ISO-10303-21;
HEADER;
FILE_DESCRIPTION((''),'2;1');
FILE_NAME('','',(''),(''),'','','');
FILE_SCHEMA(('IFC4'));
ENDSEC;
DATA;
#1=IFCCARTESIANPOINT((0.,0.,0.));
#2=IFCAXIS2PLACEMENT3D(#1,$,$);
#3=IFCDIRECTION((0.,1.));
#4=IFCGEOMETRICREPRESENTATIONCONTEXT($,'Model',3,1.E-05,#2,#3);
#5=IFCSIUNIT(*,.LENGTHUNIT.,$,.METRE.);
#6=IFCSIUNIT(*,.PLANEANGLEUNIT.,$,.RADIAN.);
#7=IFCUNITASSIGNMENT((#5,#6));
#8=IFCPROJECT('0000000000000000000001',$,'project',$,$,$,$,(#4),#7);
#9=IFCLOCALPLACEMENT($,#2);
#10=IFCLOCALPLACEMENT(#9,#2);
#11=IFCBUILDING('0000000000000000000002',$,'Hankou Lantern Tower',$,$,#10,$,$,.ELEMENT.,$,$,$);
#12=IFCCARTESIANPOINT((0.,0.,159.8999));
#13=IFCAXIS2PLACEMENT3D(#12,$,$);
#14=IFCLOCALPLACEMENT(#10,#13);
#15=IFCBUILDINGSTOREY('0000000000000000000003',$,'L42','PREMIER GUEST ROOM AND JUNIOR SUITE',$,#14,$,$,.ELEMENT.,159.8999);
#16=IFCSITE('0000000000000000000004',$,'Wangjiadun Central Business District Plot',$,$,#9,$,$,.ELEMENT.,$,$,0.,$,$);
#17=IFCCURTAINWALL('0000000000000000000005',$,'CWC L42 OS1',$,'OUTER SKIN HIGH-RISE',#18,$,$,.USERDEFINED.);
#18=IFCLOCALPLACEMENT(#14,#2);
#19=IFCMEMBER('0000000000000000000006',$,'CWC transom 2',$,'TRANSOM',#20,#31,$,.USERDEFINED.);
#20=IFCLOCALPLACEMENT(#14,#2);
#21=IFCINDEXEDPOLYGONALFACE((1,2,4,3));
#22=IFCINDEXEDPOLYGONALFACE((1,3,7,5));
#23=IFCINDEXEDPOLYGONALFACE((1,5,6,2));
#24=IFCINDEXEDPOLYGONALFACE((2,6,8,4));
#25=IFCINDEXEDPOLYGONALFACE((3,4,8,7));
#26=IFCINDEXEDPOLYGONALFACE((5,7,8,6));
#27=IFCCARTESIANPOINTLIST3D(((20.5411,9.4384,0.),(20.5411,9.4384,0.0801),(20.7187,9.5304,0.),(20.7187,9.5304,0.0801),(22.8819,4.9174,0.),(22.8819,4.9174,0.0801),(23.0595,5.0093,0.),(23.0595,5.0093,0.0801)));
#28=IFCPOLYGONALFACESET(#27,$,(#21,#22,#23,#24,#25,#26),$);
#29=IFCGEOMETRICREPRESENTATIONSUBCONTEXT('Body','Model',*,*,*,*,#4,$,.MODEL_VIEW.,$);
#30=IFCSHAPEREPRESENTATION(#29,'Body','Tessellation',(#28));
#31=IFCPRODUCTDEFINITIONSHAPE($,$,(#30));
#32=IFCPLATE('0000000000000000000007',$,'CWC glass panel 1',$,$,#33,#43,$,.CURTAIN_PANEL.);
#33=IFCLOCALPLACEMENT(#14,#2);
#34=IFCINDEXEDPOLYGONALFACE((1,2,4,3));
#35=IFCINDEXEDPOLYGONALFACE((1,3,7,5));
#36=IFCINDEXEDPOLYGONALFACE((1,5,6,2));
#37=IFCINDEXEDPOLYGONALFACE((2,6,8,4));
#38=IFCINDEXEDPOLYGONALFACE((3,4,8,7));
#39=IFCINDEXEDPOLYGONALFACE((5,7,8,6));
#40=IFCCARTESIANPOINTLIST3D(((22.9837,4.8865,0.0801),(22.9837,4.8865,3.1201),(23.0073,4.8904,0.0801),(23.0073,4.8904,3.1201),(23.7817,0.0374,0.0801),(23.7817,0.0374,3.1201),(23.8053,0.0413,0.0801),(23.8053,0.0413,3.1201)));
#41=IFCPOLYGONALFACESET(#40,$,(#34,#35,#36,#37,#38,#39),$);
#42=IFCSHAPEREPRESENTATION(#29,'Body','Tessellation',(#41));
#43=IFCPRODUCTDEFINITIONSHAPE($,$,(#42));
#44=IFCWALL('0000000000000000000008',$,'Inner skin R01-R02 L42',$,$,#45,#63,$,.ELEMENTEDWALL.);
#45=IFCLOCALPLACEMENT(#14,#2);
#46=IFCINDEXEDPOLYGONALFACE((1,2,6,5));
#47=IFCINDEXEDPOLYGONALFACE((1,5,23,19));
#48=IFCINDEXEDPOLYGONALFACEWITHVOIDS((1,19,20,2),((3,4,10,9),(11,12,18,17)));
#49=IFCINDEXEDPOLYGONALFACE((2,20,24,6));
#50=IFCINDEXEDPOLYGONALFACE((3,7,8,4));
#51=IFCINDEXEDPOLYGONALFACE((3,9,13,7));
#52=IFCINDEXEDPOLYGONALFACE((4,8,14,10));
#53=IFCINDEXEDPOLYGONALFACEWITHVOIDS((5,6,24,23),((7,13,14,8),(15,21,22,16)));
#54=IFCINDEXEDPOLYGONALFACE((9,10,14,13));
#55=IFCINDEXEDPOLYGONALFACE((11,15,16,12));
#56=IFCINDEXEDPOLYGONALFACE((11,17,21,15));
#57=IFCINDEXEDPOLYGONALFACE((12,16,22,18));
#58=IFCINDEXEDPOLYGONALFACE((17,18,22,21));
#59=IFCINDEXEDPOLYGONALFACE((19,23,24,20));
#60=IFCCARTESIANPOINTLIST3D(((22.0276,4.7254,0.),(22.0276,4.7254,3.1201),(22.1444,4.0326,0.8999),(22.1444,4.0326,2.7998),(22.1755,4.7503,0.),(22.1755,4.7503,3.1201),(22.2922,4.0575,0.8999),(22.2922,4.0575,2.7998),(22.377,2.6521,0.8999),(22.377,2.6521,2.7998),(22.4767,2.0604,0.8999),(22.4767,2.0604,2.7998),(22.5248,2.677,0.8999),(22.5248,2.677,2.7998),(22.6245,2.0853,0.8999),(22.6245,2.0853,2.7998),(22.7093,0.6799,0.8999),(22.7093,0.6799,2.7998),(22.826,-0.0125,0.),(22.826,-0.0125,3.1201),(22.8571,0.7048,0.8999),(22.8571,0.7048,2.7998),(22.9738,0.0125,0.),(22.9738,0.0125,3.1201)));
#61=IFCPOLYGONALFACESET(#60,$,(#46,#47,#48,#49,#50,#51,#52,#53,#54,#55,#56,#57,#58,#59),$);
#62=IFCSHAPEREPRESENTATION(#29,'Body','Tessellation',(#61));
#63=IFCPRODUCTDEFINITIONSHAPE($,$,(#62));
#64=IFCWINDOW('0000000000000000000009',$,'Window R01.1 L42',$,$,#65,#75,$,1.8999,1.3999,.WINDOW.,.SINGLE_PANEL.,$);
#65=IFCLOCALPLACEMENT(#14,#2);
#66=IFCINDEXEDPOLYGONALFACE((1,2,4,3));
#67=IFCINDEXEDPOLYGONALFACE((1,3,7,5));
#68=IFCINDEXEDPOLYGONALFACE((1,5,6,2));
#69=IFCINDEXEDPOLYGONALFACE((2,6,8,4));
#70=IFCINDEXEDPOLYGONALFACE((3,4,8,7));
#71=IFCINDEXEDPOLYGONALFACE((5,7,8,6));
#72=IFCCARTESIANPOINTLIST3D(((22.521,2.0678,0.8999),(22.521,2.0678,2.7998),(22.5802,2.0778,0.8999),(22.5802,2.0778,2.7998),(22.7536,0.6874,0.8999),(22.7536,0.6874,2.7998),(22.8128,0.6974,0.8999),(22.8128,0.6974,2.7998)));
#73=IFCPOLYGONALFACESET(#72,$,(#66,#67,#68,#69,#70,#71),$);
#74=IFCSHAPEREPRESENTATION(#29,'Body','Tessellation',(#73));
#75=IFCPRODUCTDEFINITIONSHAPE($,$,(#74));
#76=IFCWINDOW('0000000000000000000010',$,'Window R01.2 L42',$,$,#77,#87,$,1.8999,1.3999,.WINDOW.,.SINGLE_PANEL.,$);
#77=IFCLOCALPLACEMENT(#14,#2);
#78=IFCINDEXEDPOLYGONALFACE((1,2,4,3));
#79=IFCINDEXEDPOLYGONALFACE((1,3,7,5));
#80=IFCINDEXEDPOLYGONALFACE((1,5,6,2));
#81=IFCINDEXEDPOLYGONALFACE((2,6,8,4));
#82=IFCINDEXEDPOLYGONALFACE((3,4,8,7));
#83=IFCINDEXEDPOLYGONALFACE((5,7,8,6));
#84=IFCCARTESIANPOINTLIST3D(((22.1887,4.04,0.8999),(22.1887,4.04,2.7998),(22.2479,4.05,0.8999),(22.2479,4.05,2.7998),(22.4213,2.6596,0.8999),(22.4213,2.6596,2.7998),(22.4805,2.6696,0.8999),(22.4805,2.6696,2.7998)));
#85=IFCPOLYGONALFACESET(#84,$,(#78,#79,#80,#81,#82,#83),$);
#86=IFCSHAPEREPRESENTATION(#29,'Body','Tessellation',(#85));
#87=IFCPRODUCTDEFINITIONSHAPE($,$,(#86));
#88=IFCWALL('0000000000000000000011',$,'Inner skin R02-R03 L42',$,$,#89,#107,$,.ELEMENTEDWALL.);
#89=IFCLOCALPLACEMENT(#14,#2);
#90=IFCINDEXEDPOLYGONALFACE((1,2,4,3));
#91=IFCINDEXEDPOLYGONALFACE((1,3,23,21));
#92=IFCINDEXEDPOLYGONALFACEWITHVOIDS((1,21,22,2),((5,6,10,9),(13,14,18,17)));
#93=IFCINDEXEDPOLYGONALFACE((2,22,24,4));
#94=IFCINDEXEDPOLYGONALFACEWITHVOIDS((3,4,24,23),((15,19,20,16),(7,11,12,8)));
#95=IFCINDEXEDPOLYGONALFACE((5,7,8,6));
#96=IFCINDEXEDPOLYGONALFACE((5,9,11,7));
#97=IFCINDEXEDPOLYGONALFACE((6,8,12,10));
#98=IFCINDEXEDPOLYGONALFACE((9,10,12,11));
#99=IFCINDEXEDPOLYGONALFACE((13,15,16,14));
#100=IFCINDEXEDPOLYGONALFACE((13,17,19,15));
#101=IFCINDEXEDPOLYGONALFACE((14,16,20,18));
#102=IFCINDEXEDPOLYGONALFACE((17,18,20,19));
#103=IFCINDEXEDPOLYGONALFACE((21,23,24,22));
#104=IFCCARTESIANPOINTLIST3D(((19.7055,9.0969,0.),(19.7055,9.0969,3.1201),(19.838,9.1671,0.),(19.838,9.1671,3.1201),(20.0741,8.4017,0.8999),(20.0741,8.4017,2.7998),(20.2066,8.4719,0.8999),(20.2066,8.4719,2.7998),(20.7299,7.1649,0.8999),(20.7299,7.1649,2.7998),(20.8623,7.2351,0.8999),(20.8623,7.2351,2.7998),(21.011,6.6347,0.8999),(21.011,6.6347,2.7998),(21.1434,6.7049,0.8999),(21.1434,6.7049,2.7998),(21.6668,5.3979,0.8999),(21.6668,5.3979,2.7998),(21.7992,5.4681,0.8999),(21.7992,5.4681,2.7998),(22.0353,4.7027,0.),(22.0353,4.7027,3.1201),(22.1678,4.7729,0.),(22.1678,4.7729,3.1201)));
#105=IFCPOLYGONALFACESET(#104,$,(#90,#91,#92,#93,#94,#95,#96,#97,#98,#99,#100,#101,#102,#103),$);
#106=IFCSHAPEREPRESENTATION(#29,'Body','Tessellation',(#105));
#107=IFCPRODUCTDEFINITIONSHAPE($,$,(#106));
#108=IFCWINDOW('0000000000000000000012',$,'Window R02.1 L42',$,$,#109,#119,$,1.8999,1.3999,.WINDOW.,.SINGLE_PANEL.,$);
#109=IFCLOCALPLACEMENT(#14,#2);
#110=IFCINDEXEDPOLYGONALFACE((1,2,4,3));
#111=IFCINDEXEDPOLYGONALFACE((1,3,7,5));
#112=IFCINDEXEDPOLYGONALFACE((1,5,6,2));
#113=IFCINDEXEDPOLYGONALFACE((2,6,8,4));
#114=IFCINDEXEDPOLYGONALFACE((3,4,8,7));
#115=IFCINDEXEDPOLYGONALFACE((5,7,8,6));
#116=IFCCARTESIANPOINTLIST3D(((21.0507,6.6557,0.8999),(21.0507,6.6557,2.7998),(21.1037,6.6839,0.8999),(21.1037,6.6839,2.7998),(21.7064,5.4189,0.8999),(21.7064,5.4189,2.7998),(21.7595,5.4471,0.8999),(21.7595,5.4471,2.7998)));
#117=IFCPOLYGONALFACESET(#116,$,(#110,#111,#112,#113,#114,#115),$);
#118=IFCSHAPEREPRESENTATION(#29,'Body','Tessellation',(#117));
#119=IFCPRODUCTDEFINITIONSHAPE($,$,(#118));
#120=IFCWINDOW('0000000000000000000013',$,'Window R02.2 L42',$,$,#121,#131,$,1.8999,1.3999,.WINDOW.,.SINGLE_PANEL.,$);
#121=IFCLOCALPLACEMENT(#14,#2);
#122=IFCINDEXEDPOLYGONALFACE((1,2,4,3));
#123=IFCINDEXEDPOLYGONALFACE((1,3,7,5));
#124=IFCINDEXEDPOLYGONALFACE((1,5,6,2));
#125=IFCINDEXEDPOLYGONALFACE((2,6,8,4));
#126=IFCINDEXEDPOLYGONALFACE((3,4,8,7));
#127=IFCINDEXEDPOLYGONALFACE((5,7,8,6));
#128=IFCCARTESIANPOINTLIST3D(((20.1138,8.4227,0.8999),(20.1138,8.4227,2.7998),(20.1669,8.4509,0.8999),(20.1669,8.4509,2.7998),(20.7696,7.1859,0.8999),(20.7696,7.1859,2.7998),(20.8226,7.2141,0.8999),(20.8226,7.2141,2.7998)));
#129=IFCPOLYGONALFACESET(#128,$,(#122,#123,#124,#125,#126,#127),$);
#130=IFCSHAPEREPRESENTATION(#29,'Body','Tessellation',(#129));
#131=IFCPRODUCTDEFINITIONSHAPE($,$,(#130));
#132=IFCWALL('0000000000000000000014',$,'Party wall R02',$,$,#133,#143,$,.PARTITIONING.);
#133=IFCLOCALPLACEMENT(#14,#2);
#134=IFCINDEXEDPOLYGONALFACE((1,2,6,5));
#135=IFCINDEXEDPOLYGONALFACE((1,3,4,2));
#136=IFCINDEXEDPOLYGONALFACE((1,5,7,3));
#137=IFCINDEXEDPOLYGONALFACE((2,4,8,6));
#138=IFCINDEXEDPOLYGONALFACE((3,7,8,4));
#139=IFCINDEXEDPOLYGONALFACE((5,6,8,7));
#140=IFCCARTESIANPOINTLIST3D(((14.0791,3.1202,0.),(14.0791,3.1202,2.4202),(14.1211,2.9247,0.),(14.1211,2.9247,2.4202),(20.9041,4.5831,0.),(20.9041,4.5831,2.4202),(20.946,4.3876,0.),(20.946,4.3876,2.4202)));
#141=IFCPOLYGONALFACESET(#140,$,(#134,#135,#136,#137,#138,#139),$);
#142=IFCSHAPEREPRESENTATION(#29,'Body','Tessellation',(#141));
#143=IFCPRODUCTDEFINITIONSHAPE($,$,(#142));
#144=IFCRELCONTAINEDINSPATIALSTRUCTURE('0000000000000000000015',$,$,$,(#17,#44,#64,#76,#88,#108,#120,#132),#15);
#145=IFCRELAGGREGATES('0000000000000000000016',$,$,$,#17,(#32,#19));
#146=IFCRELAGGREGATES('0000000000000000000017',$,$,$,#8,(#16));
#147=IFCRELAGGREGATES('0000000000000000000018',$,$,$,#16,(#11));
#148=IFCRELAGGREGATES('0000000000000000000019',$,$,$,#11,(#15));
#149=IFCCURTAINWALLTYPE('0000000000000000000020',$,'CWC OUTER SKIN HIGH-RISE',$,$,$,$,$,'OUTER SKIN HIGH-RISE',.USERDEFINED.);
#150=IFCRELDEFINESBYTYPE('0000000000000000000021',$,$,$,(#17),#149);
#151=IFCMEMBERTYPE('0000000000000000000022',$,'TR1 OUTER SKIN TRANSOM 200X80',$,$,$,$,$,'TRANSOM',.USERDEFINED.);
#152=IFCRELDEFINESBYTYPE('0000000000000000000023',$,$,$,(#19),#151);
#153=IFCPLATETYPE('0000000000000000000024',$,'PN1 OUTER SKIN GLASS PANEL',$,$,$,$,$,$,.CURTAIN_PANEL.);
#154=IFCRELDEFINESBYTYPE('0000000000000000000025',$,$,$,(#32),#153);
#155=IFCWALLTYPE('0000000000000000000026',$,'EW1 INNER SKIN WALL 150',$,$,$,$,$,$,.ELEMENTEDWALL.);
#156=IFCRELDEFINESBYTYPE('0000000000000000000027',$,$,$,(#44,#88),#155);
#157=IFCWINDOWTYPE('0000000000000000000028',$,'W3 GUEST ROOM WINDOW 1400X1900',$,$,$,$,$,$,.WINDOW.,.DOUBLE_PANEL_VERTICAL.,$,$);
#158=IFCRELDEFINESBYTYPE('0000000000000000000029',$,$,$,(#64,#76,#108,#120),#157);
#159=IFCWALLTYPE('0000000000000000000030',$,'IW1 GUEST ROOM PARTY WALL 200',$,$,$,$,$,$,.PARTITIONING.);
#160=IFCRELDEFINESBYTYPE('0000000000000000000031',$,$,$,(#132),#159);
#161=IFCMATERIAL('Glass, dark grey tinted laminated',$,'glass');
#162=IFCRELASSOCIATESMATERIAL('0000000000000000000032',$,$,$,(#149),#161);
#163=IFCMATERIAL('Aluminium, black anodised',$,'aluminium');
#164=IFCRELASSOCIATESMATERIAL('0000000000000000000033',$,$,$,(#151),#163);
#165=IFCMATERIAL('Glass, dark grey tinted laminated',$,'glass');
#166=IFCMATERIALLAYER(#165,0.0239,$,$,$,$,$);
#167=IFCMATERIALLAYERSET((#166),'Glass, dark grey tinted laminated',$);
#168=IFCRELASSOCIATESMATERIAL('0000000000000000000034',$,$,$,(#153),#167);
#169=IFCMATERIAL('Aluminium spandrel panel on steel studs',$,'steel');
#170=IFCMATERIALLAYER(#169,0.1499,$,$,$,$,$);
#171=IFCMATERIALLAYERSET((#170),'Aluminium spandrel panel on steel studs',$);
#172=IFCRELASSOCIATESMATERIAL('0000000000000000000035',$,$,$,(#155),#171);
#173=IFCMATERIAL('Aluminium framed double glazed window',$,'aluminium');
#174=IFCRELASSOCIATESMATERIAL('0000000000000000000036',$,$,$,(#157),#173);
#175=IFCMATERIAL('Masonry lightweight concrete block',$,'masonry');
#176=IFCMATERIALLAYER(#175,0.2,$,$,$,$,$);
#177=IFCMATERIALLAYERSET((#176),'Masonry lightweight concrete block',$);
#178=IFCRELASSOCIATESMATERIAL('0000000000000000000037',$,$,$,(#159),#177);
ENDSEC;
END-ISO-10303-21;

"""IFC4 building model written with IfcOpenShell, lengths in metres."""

from ifc_helpers import new_model, si_unit, direction, frame, frame_2d, origin, origin_2d, place, context, subcontext, project, spatial, rectangle, extrude, material, layer, layer_set, material_profile, profile_set, type_object, element, fill, aggregate, save


model = new_model("IFC4")

# Units and contexts
model_context = context("Model", 3, precision=1e-05, world=origin(), true_north=direction((0.0, 1.0)))
body_context = subcontext(model_context, "Body", "Model", "MODEL_VIEW")
ifc_project = project(units=[si_unit("LENGTHUNIT", "METRE"), si_unit("PLANEANGLEUNIT", "RADIAN")], contexts=[model_context])

# Site, building, storey
site_placement = place(None, origin())
site = spatial("IfcSite", under=ifc_project, at=site_placement, Name="Wangjiadun Central Business District Plot", CompositionType="ELEMENT", RefElevation=0.0)
building_placement = place(site_placement, origin())
building = spatial("IfcBuilding", under=site, at=building_placement, Name="Hankou Lantern Tower", CompositionType="ELEMENT")
storey_placement = place(building_placement, frame((0.0, 0.0, 159.8999)))
storey = spatial("IfcBuildingStorey", under=building, at=storey_placement, Name="L42", Description="PREMIER GUEST ROOM AND JUNIOR SUITE", CompositionType="ELEMENT", Elevation=159.8999)

# Curtain wall
ifc_material_1 = material(Name="Glass, dark grey tinted laminated", Category="glass")
curtain_wall_type = type_object("IfcCurtainWallType", Name="CWC OUTER SKIN HIGH-RISE", ElementType="OUTER SKIN HIGH-RISE", PredefinedType="USERDEFINED", material=ifc_material_1)
curtain_wall_placement = place(storey_placement, origin())
curtain_wall = element("IfcCurtainWall", 1, at=curtain_wall_placement, inside=storey, type_object=curtain_wall_type, Name="CWC L42 OS1", ObjectType="OUTER SKIN HIGH-RISE", PredefinedType="USERDEFINED")

# Member
ifc_material_2 = material(Name="Aluminium, black anodised", Category="aluminium")
ifc_material_profile_1 = material_profile(ifc_material_2, rectangle(XDim=0.2, YDim=0.0801, at=origin_2d()), Name="TR1 200X80")
ifc_profile_set_1 = profile_set([ifc_material_profile_1], Name="Aluminium, black anodised")
member_type_1 = type_object("IfcMemberType", Name="TR1 OUTER SKIN TRANSOM 200X80", ElementType="TRANSOM", PredefinedType="USERDEFINED", material=ifc_profile_set_1)
member_1_placement = place(storey_placement, frame((22.9707, 4.9634, 0.04), z_axis=(-0.459791, 0.888027, 0.0), x_axis=(-0.888027, -0.459791, 0.0)))
member_1 = element("IfcMember", 2, at=member_1_placement, type_object=member_type_1, Name="CWC transom 2", ObjectType="TRANSOM", PredefinedType="USERDEFINED", context=body_context, shape_type="SweptSolid", body=[
    extrude(rectangle(XDim=0.2, YDim=0.0801, at=origin_2d()), origin(), (0.0, 0.0, 1.0), 5.0911),
])

# Plate
ifc_material_3 = material(Name="Glass, dark grey tinted laminated", Category="glass")
ifc_layer_1 = layer(ifc_material_3, 0.0239)
ifc_layer_set_1 = layer_set([ifc_layer_1], Name="Glass, dark grey tinted laminated")
plate_type = type_object("IfcPlateType", Name="PN1 OUTER SKIN GLASS PANEL", PredefinedType="CURTAIN_PANEL", material=ifc_layer_set_1)
plate_placement = place(storey_placement, frame((23.3945, 2.4639, 0.0801), z_axis=(0.0, 0.0, 1.0), x_axis=(-0.162382, 0.986728, 0.0)))
plate = element("IfcPlate", 3, at=plate_placement, type_object=plate_type, Name="CWC glass panel 1", PredefinedType="CURTAIN_PANEL", context=body_context, shape_type="SweptSolid", body=[
    extrude(rectangle(XDim=4.9143, YDim=0.0239, at=origin_2d()), origin(), (0.0, 0.0, 1.0), 3.04),
])
aggregate(curtain_wall, [plate, member_1])

# Walls, openings, windows
ifc_material_4 = material(Name="Aluminium spandrel panel on steel studs", Category="steel")
ifc_layer_2 = layer(ifc_material_4, 0.1499)
ifc_layer_set_2 = layer_set([ifc_layer_2], Name="Aluminium spandrel panel on steel studs")
wall_type_1 = type_object("IfcWallType", Name="EW1 INNER SKIN WALL 150", PredefinedType="ELEMENTEDWALL", material=ifc_layer_set_2)
wall_1_placement = place(storey_placement, frame((22.8999, 0.0, 0.0), z_axis=(0.0, 0.0, 1.0), x_axis=(-0.166162, 0.986098, 0.0)))
wall_1 = element("IfcWall", 4, at=wall_1_placement, inside=storey, type_object=wall_type_1, Name="Inner skin R01-R02 L42", PredefinedType="ELEMENTEDWALL", context=body_context, shape_type="SweptSolid", body=[
    extrude(rectangle(XDim=4.8047, YDim=0.1499, at=frame_2d((2.4023, 0.0))), origin(), (0.0, 0.0, 1.0), 3.1201),
])
opening_1_placement = place(wall_1_placement, frame((0.7021, 0.0, 0.8999)))
opening_1 = element("IfcOpeningElement", 5, at=opening_1_placement, cuts=wall_1, PredefinedType="OPENING", context=body_context, shape_type="SweptSolid", body=[
    extrude(rectangle(XDim=1.3999, YDim=1.8999, at=frame_2d((0.7, 0.95))), frame((0.0, 0.085, 0.0), z_axis=(0.0, -1.0, 0.0), x_axis=(1.0, 0.0, 0.0)), (0.0, 0.0, 1.0), 0.1699),
])
opening_2_placement = place(wall_1_placement, frame((2.7021, 0.0, 0.8999)))
opening_2 = element("IfcOpeningElement", 6, at=opening_2_placement, cuts=wall_1, PredefinedType="OPENING", context=body_context, shape_type="SweptSolid", body=[
    extrude(rectangle(XDim=1.3999, YDim=1.8999, at=frame_2d((0.7, 0.95))), frame((0.0, 0.085, 0.0), z_axis=(0.0, -1.0, 0.0), x_axis=(1.0, 0.0, 0.0)), (0.0, 0.0, 1.0), 0.1699),
])
ifc_material_5 = material(Name="Aluminium framed double glazed window", Category="aluminium")
window_type = type_object("IfcWindowType", Name="W3 GUEST ROOM WINDOW 1400X1900", PartitioningType="DOUBLE_PANEL_VERTICAL", PredefinedType="WINDOW", material=ifc_material_5)
window_1_placement = place(opening_1_placement, origin())
window_1 = element("IfcWindow", 7, at=window_1_placement, inside=storey, type_object=window_type, Name="Window R01.1 L42", OverallHeight=1.8999, OverallWidth=1.3999, PartitioningType="SINGLE_PANEL", PredefinedType="WINDOW", context=body_context, shape_type="SweptSolid", body=[
    extrude(rectangle(XDim=1.3999, YDim=1.8999, at=frame_2d((0.7, 0.95))), frame((0.0, 0.03, 0.0), z_axis=(0.0, -1.0, 0.0), x_axis=(1.0, 0.0, 0.0)), (0.0, 0.0, 1.0), 0.0601),
])
fill(opening_1, window_1)
window_2_placement = place(opening_2_placement, origin())
window_2 = element("IfcWindow", 8, at=window_2_placement, inside=storey, type_object=window_type, Name="Window R01.2 L42", OverallHeight=1.8999, OverallWidth=1.3999, PartitioningType="SINGLE_PANEL", PredefinedType="WINDOW", context=body_context, shape_type="SweptSolid", body=[
    extrude(rectangle(XDim=1.3999, YDim=1.8999, at=frame_2d((0.7, 0.95))), frame((0.0, 0.03, 0.0), z_axis=(0.0, -1.0, 0.0), x_axis=(1.0, 0.0, 0.0)), (0.0, 0.0, 1.0), 0.0601),
])
fill(opening_2, window_2)
wall_2_placement = place(storey_placement, frame((22.1016, 4.7378, 0.0), z_axis=(0.0, 0.0, 1.0), x_axis=(-0.468429, 0.883501, 0.0)))
wall_2 = element("IfcWall", 9, at=wall_2_placement, inside=storey, type_object=wall_type_1, Name="Inner skin R02-R03 L42", PredefinedType="ELEMENTEDWALL", context=body_context, shape_type="SweptSolid", body=[
    extrude(rectangle(XDim=4.9736, YDim=0.1499, at=frame_2d((2.4868, 0.0))), origin(), (0.0, 0.0, 1.0), 3.1201),
])
opening_3_placement = place(wall_2_placement, frame((0.7869, 0.0, 0.8999)))
opening_3 = element("IfcOpeningElement", 10, at=opening_3_placement, cuts=wall_2, PredefinedType="OPENING", context=body_context, shape_type="SweptSolid", body=[
    extrude(rectangle(XDim=1.3999, YDim=1.8999, at=frame_2d((0.7, 0.95))), frame((0.0, 0.085, 0.0), z_axis=(0.0, -1.0, 0.0), x_axis=(1.0, 0.0, 0.0)), (0.0, 0.0, 1.0), 0.1699),
])
opening_4_placement = place(wall_2_placement, frame((2.7869, 0.0, 0.8999)))
opening_4 = element("IfcOpeningElement", 11, at=opening_4_placement, cuts=wall_2, PredefinedType="OPENING", context=body_context, shape_type="SweptSolid", body=[
    extrude(rectangle(XDim=1.3999, YDim=1.8999, at=frame_2d((0.7, 0.95))), frame((0.0, 0.085, 0.0), z_axis=(0.0, -1.0, 0.0), x_axis=(1.0, 0.0, 0.0)), (0.0, 0.0, 1.0), 0.1699),
])
window_3_placement = place(opening_3_placement, origin())
window_3 = element("IfcWindow", 12, at=window_3_placement, inside=storey, type_object=window_type, Name="Window R02.1 L42", OverallHeight=1.8999, OverallWidth=1.3999, PartitioningType="SINGLE_PANEL", PredefinedType="WINDOW", context=body_context, shape_type="SweptSolid", body=[
    extrude(rectangle(XDim=1.3999, YDim=1.8999, at=frame_2d((0.7, 0.95))), frame((0.0, 0.03, 0.0), z_axis=(0.0, -1.0, 0.0), x_axis=(1.0, 0.0, 0.0)), (0.0, 0.0, 1.0), 0.0601),
])
fill(opening_3, window_3)
window_4_placement = place(opening_4_placement, origin())
window_4 = element("IfcWindow", 13, at=window_4_placement, inside=storey, type_object=window_type, Name="Window R02.2 L42", OverallHeight=1.8999, OverallWidth=1.3999, PartitioningType="SINGLE_PANEL", PredefinedType="WINDOW", context=body_context, shape_type="SweptSolid", body=[
    extrude(rectangle(XDim=1.3999, YDim=1.8999, at=frame_2d((0.7, 0.95))), frame((0.0, 0.03, 0.0), z_axis=(0.0, -1.0, 0.0), x_axis=(1.0, 0.0, 0.0)), (0.0, 0.0, 1.0), 0.0601),
])
fill(opening_4, window_4)

# Wall
ifc_material_6 = material(Name="Masonry lightweight concrete block", Category="masonry")
ifc_layer_3 = layer(ifc_material_6, 0.2)
ifc_layer_set_3 = layer_set([ifc_layer_3], Name="Masonry lightweight concrete block")
wall_type_2 = type_object("IfcWallType", Name="IW1 GUEST ROOM PARTY WALL 200", PredefinedType="PARTITIONING", material=ifc_layer_set_3)
wall_3_placement = place(storey_placement, frame((14.1001, 3.0225, 0.0), z_axis=(0.0, 0.0, 1.0), x_axis=(0.977791, 0.209584, 0.0)))
element("IfcWall", 14, at=wall_3_placement, inside=storey, type_object=wall_type_2, Name="Party wall R02", PredefinedType="PARTITIONING", context=body_context, shape_type="SweptSolid", body=[
    extrude(rectangle(XDim=6.98, YDim=0.2, at=frame_2d((3.49, 0.0))), origin(), (0.0, 0.0, 1.0), 2.4202),
])

save(model, "model.ifc")
